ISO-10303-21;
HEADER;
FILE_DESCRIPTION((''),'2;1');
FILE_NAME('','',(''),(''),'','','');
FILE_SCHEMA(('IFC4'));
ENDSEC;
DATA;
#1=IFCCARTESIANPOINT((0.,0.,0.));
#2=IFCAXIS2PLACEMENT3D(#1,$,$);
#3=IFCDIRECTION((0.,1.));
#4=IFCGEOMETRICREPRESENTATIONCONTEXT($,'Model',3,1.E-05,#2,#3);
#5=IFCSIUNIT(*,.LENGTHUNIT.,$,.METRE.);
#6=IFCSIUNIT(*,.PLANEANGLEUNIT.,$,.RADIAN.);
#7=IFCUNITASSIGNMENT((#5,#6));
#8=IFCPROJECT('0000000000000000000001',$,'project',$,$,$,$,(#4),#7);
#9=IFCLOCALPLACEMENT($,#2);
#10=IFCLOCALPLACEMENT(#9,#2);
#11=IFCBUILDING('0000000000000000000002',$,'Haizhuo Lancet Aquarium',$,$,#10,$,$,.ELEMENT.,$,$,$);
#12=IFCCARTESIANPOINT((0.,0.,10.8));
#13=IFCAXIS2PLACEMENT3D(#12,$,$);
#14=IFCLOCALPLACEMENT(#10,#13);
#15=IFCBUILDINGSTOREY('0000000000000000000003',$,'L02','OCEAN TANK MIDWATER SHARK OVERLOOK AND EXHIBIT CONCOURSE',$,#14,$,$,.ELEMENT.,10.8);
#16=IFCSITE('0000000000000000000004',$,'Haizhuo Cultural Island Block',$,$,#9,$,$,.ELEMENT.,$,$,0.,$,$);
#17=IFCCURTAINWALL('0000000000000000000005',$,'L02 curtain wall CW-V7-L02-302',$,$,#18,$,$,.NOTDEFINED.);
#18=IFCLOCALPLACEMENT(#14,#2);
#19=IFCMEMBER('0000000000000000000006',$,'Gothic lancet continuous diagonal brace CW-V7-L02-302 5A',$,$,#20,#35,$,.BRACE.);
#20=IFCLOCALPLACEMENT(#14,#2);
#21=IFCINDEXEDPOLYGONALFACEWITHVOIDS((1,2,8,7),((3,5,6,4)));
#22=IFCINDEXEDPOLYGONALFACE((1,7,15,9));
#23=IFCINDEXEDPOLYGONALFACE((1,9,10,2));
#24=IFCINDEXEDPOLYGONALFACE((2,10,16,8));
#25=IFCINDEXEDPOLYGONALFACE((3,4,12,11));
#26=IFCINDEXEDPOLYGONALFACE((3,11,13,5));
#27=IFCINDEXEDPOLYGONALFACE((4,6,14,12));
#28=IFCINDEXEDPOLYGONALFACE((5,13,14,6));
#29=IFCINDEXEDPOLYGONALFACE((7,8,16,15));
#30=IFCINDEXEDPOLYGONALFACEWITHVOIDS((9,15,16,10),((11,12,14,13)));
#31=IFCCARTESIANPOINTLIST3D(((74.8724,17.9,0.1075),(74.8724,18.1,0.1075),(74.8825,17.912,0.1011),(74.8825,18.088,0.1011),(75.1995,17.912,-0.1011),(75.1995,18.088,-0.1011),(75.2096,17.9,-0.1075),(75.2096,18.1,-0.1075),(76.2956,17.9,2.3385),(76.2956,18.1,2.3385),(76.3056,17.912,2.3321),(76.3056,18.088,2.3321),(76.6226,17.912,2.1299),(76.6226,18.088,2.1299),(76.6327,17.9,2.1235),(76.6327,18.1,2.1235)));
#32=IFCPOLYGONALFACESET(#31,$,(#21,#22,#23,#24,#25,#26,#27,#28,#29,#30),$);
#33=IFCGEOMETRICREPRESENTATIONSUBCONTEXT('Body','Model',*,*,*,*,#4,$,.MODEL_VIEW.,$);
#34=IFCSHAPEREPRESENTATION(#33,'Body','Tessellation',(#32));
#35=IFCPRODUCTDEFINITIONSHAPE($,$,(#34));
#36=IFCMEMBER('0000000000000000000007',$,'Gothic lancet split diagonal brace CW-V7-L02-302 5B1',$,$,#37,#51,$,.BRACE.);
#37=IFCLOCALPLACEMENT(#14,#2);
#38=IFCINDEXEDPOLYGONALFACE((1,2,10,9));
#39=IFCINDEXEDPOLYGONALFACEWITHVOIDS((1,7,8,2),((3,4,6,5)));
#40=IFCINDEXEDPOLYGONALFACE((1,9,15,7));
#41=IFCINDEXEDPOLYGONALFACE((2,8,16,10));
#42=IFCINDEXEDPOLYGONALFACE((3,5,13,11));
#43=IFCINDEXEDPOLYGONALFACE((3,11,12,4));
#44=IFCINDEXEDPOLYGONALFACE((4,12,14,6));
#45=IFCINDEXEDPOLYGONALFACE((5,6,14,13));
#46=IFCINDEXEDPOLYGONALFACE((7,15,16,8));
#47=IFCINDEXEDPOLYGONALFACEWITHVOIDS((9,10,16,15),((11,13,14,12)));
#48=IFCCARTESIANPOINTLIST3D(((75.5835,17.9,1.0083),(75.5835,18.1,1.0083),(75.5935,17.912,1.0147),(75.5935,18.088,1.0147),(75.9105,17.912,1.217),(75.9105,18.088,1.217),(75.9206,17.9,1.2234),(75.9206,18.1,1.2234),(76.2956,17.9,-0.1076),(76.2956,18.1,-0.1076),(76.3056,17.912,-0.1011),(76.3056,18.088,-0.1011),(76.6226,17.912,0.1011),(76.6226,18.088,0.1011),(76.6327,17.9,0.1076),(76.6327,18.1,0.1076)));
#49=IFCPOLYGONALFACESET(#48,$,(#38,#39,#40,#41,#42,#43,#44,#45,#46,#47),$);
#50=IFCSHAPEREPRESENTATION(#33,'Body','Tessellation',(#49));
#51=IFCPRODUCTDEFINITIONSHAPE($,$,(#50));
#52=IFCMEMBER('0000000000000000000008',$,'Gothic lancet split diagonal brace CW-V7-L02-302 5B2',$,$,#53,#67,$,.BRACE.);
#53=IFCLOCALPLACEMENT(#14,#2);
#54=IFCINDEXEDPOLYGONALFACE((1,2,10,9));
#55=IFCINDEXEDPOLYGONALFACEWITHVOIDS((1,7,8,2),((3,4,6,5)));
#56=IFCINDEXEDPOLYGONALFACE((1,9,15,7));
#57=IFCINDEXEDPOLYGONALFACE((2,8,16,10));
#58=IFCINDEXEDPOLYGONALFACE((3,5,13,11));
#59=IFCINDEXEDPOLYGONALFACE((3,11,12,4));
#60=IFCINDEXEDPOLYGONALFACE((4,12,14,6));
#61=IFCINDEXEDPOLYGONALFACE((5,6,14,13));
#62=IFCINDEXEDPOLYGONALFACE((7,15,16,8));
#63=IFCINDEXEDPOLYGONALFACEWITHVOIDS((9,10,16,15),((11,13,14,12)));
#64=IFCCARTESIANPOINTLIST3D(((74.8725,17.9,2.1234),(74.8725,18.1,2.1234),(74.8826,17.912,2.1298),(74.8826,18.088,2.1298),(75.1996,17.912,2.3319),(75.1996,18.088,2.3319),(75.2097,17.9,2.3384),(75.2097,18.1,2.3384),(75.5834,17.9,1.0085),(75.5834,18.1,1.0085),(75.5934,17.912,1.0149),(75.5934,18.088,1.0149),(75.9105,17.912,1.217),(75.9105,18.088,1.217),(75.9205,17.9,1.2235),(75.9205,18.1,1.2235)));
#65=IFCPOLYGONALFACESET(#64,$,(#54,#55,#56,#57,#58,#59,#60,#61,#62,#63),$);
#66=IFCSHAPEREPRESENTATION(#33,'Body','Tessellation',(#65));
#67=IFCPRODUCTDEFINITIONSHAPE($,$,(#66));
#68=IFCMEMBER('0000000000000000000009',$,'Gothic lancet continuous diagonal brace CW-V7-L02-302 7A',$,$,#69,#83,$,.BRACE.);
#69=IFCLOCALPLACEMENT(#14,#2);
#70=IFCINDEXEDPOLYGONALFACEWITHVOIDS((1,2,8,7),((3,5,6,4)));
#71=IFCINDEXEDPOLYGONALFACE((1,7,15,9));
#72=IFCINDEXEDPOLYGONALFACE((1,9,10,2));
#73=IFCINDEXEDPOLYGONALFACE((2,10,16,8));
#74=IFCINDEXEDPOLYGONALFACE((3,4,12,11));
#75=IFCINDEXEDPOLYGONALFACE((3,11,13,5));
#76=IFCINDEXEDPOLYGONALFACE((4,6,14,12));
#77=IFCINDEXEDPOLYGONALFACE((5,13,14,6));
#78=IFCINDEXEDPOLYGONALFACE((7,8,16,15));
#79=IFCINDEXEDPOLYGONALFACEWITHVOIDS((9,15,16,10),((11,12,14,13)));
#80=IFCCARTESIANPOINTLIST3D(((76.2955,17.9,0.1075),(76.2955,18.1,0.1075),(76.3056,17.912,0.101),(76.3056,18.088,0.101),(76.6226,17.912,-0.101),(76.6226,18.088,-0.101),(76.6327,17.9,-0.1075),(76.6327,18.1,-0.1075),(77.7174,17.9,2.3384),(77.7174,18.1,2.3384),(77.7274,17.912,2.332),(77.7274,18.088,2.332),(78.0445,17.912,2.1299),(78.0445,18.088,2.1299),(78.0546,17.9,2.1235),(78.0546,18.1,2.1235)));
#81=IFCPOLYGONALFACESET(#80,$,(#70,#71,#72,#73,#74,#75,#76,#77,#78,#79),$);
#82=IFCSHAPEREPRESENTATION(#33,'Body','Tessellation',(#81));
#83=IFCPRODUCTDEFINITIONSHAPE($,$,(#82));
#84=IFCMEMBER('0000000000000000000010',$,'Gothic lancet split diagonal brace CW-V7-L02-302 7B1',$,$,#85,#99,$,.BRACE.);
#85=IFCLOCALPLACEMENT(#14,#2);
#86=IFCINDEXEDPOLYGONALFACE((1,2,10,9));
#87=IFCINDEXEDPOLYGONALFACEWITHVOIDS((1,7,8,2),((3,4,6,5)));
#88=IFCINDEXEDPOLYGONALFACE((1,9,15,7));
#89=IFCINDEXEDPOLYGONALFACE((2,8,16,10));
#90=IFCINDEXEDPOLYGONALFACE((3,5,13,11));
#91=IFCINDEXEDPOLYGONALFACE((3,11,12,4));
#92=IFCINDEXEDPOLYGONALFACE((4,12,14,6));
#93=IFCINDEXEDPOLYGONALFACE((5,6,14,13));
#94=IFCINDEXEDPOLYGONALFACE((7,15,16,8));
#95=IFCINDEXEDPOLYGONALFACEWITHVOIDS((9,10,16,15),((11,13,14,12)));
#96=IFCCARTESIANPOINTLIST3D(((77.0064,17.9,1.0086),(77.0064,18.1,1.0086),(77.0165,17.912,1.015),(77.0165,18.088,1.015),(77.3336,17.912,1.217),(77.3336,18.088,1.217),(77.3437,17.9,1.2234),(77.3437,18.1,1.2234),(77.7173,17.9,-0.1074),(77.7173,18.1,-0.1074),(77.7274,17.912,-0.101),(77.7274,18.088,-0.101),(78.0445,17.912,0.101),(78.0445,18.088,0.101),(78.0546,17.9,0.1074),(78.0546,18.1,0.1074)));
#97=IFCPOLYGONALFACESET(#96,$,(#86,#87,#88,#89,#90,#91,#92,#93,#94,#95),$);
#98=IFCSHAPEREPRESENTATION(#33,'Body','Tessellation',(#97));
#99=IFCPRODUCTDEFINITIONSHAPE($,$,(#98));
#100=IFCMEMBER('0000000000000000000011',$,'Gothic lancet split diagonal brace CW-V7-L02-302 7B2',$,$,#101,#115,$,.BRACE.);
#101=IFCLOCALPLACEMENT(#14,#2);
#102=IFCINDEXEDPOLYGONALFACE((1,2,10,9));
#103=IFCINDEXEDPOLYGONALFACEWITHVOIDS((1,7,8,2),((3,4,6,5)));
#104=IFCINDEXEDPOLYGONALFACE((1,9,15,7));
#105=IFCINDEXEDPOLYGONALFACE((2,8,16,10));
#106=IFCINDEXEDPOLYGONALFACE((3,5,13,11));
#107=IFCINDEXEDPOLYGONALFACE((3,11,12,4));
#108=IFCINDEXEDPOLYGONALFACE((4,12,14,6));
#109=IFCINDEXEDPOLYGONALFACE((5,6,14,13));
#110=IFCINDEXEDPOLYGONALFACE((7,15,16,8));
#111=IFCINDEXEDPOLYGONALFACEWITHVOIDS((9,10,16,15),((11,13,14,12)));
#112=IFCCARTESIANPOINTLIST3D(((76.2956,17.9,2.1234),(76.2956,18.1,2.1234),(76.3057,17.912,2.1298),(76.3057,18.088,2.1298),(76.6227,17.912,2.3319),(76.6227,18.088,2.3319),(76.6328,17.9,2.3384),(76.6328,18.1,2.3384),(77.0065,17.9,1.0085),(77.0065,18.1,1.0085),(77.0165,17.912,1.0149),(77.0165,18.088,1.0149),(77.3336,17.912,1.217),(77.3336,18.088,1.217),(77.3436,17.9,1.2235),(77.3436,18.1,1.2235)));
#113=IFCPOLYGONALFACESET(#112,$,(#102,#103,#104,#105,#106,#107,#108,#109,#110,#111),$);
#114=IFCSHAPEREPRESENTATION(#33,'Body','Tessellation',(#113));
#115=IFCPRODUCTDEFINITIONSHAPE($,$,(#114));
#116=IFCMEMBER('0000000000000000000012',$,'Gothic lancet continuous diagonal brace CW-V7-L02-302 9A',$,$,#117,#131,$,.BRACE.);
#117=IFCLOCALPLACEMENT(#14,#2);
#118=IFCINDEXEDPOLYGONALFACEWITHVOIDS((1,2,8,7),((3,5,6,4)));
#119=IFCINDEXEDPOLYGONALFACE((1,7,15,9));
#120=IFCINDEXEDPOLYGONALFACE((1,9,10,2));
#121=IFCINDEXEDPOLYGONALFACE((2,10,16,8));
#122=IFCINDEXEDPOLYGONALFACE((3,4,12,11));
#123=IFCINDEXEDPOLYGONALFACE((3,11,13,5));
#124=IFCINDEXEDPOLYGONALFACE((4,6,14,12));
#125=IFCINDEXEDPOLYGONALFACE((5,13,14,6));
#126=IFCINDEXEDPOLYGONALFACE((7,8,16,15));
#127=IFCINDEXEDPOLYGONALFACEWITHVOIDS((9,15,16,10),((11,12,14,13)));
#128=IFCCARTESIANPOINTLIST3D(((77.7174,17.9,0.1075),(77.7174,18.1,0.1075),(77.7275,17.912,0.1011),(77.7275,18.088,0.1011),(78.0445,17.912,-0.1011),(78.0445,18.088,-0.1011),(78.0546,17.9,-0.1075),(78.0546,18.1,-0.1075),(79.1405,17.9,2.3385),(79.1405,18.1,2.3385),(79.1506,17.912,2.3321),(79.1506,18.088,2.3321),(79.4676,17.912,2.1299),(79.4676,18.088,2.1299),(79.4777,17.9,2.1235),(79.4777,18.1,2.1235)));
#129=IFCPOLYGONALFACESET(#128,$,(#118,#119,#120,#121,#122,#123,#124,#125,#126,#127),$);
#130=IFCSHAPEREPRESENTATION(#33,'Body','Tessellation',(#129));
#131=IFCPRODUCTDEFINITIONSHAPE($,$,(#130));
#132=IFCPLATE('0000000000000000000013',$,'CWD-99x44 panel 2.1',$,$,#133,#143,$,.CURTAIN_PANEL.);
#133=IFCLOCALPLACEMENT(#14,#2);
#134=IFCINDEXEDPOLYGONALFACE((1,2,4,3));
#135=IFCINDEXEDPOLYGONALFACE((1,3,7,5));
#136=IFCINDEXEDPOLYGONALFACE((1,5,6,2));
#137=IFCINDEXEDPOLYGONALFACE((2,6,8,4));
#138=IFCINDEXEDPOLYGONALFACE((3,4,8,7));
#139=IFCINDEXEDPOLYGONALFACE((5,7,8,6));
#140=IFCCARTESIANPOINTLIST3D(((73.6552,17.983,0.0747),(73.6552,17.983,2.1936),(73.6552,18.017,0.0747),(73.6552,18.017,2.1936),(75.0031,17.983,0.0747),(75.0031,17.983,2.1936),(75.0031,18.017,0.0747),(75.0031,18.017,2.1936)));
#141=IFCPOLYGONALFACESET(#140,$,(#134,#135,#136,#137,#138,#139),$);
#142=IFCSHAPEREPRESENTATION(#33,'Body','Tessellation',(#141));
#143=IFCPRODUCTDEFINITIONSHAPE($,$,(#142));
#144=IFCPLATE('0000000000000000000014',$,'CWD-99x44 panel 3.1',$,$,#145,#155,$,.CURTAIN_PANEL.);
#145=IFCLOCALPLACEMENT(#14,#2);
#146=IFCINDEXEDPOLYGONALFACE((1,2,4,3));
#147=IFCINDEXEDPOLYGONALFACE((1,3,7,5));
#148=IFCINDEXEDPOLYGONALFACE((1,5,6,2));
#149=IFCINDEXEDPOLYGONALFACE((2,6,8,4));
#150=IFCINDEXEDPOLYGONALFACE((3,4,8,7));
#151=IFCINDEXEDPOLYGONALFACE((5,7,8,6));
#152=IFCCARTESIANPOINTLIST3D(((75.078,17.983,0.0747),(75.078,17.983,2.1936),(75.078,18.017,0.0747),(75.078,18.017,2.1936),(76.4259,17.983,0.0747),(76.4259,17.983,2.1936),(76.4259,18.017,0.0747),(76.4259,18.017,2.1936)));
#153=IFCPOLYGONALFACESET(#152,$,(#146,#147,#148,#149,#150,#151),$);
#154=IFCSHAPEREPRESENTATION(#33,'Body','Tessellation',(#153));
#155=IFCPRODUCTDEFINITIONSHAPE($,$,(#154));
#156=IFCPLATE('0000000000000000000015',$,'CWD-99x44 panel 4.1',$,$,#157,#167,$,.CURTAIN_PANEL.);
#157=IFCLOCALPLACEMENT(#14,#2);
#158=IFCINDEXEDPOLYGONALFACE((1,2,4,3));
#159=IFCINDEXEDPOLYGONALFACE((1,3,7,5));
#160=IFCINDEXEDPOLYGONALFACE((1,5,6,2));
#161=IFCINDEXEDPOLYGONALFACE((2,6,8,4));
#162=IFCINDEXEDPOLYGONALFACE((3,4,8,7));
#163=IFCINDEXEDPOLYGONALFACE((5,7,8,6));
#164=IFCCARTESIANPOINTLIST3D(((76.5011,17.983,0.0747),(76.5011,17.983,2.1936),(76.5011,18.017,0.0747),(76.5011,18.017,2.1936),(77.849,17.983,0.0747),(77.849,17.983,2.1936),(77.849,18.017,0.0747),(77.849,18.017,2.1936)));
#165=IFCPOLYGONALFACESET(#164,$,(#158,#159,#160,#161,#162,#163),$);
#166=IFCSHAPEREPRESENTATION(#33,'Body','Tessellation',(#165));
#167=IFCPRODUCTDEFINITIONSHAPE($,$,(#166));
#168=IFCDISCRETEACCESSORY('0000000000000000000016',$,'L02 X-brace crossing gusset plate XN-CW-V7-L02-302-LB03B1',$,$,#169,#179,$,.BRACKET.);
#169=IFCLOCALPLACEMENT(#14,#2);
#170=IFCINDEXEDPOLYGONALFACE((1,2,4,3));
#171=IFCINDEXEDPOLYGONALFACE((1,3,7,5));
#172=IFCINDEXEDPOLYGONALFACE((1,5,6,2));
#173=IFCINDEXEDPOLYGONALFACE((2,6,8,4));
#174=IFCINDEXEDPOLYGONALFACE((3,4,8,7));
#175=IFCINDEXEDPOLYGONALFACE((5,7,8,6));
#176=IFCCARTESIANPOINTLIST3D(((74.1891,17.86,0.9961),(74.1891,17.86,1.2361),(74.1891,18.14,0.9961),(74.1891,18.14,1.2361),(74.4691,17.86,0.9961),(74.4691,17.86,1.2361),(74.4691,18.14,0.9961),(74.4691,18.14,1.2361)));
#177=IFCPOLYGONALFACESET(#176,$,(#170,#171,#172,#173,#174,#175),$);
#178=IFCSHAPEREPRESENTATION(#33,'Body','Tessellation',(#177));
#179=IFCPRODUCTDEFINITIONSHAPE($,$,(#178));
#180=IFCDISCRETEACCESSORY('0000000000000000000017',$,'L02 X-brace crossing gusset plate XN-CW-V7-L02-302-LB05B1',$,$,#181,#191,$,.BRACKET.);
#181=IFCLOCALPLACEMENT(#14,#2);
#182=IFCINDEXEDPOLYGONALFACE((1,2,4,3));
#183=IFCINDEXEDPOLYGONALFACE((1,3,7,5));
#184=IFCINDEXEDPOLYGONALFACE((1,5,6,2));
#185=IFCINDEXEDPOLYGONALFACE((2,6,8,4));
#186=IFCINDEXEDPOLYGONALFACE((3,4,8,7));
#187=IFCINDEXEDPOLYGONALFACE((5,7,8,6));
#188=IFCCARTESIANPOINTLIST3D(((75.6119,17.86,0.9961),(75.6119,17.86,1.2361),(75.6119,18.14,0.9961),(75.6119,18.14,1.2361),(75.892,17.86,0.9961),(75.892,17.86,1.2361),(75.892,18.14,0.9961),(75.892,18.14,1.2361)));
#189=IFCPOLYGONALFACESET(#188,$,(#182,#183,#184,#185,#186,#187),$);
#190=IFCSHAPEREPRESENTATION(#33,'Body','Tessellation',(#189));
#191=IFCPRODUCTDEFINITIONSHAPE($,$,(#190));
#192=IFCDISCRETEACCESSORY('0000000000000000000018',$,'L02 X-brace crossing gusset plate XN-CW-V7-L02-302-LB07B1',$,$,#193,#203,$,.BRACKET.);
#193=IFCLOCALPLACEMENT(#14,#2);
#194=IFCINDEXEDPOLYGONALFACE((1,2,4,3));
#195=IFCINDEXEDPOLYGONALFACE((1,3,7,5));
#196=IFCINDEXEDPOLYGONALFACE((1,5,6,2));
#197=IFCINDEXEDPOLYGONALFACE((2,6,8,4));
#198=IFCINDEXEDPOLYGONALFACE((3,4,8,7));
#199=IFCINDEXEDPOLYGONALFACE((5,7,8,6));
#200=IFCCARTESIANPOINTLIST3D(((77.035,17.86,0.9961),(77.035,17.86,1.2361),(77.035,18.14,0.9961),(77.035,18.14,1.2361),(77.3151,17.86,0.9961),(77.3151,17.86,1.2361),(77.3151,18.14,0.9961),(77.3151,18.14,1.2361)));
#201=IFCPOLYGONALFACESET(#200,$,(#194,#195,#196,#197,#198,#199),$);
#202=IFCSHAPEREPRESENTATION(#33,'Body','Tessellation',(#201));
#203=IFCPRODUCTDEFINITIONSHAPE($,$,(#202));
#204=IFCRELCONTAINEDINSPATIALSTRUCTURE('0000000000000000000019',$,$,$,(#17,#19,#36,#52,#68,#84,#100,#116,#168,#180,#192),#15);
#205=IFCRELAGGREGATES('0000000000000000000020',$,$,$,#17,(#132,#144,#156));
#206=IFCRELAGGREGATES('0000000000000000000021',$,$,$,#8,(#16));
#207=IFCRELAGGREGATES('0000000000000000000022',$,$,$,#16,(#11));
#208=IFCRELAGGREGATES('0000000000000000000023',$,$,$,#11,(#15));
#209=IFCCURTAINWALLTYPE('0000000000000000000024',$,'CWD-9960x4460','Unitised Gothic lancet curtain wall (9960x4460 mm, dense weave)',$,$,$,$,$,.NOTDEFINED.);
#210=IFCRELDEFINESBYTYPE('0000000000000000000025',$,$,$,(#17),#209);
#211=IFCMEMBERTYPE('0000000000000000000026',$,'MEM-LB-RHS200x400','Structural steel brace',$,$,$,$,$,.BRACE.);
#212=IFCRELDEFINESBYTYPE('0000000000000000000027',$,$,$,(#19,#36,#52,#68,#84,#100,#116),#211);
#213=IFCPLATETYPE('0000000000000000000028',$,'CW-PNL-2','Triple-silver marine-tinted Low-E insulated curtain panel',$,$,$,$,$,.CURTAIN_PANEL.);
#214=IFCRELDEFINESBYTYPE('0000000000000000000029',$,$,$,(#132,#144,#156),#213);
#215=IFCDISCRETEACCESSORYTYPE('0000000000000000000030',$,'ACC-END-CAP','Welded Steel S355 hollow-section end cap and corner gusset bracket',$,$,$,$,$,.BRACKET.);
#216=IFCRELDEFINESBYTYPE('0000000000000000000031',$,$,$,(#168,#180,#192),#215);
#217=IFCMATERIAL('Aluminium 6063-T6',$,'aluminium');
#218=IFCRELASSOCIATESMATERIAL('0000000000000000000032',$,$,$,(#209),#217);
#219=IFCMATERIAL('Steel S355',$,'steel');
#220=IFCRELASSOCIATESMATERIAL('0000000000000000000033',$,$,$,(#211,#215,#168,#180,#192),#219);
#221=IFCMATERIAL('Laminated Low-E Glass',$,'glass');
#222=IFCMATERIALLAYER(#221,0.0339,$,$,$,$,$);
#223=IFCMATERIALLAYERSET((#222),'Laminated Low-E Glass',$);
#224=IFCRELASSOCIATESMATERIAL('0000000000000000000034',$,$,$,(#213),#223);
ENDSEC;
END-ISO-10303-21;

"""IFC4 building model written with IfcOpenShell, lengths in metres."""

from ifc_helpers import new_model, si_unit, direction, frame, origin, origin_2d, place, context, subcontext, project, spatial, rectangle, hollow_rectangle, extrude, material, layer, layer_set, material_profile, profile_set, type_object, element, aggregate, save


model = new_model("IFC4")

# Units and contexts
model_context = context("Model", 3, precision=1e-05, world=origin(), true_north=direction((0.0, 1.0)))
body_context = subcontext(model_context, "Body", "Model", "MODEL_VIEW")
ifc_project = project(units=[si_unit("LENGTHUNIT", "METRE"), si_unit("PLANEANGLEUNIT", "RADIAN")], contexts=[model_context])

# Site, building, storey
site_placement = place(None, origin())
site = spatial("IfcSite", under=ifc_project, at=site_placement, Name="Haizhuo Cultural Island Block", CompositionType="ELEMENT", RefElevation=0.0)
building_placement = place(site_placement, origin())
building = spatial("IfcBuilding", under=site, at=building_placement, Name="Haizhuo Lancet Aquarium", CompositionType="ELEMENT")
storey_placement = place(building_placement, frame((0.0, 0.0, 10.8)))
storey = spatial("IfcBuildingStorey", under=building, at=storey_placement, Name="L02", Description="OCEAN TANK MIDWATER SHARK OVERLOOK AND EXHIBIT CONCOURSE", CompositionType="ELEMENT", Elevation=10.8)

# Curtain wall
ifc_material_1 = material(Name="Aluminium 6063-T6", Category="aluminium")
curtain_wall_type = type_object("IfcCurtainWallType", Name="CWD-9960x4460", Description="Unitised Gothic lancet curtain wall (9960x4460 mm, dense weave)", PredefinedType="NOTDEFINED", material=ifc_material_1)
curtain_wall_placement = place(storey_placement, origin())
curtain_wall = element("IfcCurtainWall", 1, at=curtain_wall_placement, inside=storey, type_object=curtain_wall_type, Name="L02 curtain wall CW-V7-L02-302", PredefinedType="NOTDEFINED")

# Members
ifc_material_2 = material(Name="Steel S355", Category="steel")
ifc_material_profile_1 = material_profile(ifc_material_2, hollow_rectangle(XDim=0.2, YDim=0.3999, WallThickness=0.012, at=origin_2d()), Name="RHS 200x400x12")
ifc_profile_set_1 = profile_set([ifc_material_profile_1], Name="Steel S355")
member_type_1 = type_object("IfcMemberType", Name="MEM-LB-RHS200x400", Description="Structural steel brace", PredefinedType="BRACE", material=ifc_profile_set_1)
member_1_placement = place(storey_placement, frame((75.041, 18.0, 0.0), z_axis=(0.537789, 0.0, 0.84308), x_axis=(0.0, 1.0, 0.0)))
element("IfcMember", 2, at=member_1_placement, inside=storey, type_object=member_type_1, Name="Gothic lancet continuous diagonal brace CW-V7-L02-302 5A", PredefinedType="BRACE", context=body_context, shape_type="SweptSolid", body=[
    extrude(hollow_rectangle(XDim=0.2, YDim=0.3999, WallThickness=0.012, at=origin_2d()), origin(), (0.0, 0.0, 1.0), 2.6462),
])
member_2_placement = place(storey_placement, frame((76.4641, 18.0, 0.0), z_axis=(-0.537949, 0.0, 0.842977), x_axis=(0.0, -1.0, 0.0)))
element("IfcMember", 3, at=member_2_placement, inside=storey, type_object=member_type_1, Name="Gothic lancet split diagonal brace CW-V7-L02-302 5B1", PredefinedType="BRACE", context=body_context, shape_type="SweptSolid", body=[
    extrude(hollow_rectangle(XDim=0.2, YDim=0.3999, WallThickness=0.012, at=origin_2d()), origin(), (0.0, 0.0, 1.0), 1.3237),
])
member_3_placement = place(storey_placement, frame((75.752, 18.0, 1.116), z_axis=(-0.537628, 0.0, 0.843182), x_axis=(0.0, -1.0, 0.0)))
element("IfcMember", 4, at=member_3_placement, inside=storey, type_object=member_type_1, Name="Gothic lancet split diagonal brace CW-V7-L02-302 5B2", PredefinedType="BRACE", context=body_context, shape_type="SweptSolid", body=[
    extrude(hollow_rectangle(XDim=0.2, YDim=0.3999, WallThickness=0.012, at=origin_2d()), origin(), (0.0, 0.0, 1.0), 1.3223),
])
member_4_placement = place(storey_placement, frame((76.4641, 18.0, 0.0), z_axis=(0.537461, 0.0, 0.843289), x_axis=(0.0, 1.0, 0.0)))
element("IfcMember", 5, at=member_4_placement, inside=storey, type_object=member_type_1, Name="Gothic lancet continuous diagonal brace CW-V7-L02-302 7A", PredefinedType="BRACE", context=body_context, shape_type="SweptSolid", body=[
    extrude(hollow_rectangle(XDim=0.2, YDim=0.3999, WallThickness=0.012, at=origin_2d()), origin(), (0.0, 0.0, 1.0), 2.6455),
])
member_5_placement = place(storey_placement, frame((77.886, 18.0, 0.0), z_axis=(-0.537293, 0.0, 0.843395), x_axis=(0.0, -1.0, 0.0)))
element("IfcMember", 6, at=member_5_placement, inside=storey, type_object=member_type_1, Name="Gothic lancet split diagonal brace CW-V7-L02-302 7B1", PredefinedType="BRACE", context=body_context, shape_type="SweptSolid", body=[
    extrude(hollow_rectangle(XDim=0.2, YDim=0.3999, WallThickness=0.012, at=origin_2d()), origin(), (0.0, 0.0, 1.0), 1.3232),
])
member_6_placement = place(storey_placement, frame((77.175, 18.0, 1.116), z_axis=(-0.537628, 0.0, 0.843182), x_axis=(0.0, -1.0, 0.0)))
element("IfcMember", 7, at=member_6_placement, inside=storey, type_object=member_type_1, Name="Gothic lancet split diagonal brace CW-V7-L02-302 7B2", PredefinedType="BRACE", context=body_context, shape_type="SweptSolid", body=[
    extrude(hollow_rectangle(XDim=0.2, YDim=0.3999, WallThickness=0.012, at=origin_2d()), origin(), (0.0, 0.0, 1.0), 1.3223),
])
member_7_placement = place(storey_placement, frame((77.886, 18.0, 0.0), z_axis=(0.537789, 0.0, 0.84308), x_axis=(0.0, 1.0, 0.0)))
element("IfcMember", 8, at=member_7_placement, inside=storey, type_object=member_type_1, Name="Gothic lancet continuous diagonal brace CW-V7-L02-302 9A", PredefinedType="BRACE", context=body_context, shape_type="SweptSolid", body=[
    extrude(hollow_rectangle(XDim=0.2, YDim=0.3999, WallThickness=0.012, at=origin_2d()), origin(), (0.0, 0.0, 1.0), 2.6462),
])

# Plates
ifc_material_3 = material(Name="Laminated Low-E Glass", Category="glass")
ifc_layer = layer(ifc_material_3, 0.0339)
ifc_layer_set = layer_set([ifc_layer], Name="Laminated Low-E Glass")
plate_type = type_object("IfcPlateType", Name="CW-PNL-2", Description="Triple-silver marine-tinted Low-E insulated curtain panel", PredefinedType="CURTAIN_PANEL", material=ifc_layer_set)
plate_1_placement = place(storey_placement, frame((74.3291, 18.0, 0.0747), z_axis=(0.0, 0.0, 1.0), x_axis=(1.0, 0.0, 0.0)))
plate_1 = element("IfcPlate", 9, at=plate_1_placement, type_object=plate_type, Name="CWD-99x44 panel 2.1", PredefinedType="CURTAIN_PANEL", context=body_context, shape_type="SweptSolid", body=[
    extrude(rectangle(XDim=1.3479, YDim=0.0339, at=origin_2d()), origin(), (0.0, 0.0, 1.0), 2.1189),
])
plate_2_placement = place(storey_placement, frame((75.752, 18.0, 0.0747), z_axis=(0.0, 0.0, 1.0), x_axis=(1.0, 0.0, 0.0)))
plate_2 = element("IfcPlate", 10, at=plate_2_placement, type_object=plate_type, Name="CWD-99x44 panel 3.1", PredefinedType="CURTAIN_PANEL", context=body_context, shape_type="SweptSolid", body=[
    extrude(rectangle(XDim=1.3479, YDim=0.0339, at=origin_2d()), origin(), (0.0, 0.0, 1.0), 2.1189),
])
plate_3_placement = place(storey_placement, frame((77.175, 18.0, 0.0747), z_axis=(0.0, 0.0, 1.0), x_axis=(1.0, 0.0, 0.0)))
plate_3 = element("IfcPlate", 11, at=plate_3_placement, type_object=plate_type, Name="CWD-99x44 panel 4.1", PredefinedType="CURTAIN_PANEL", context=body_context, shape_type="SweptSolid", body=[
    extrude(rectangle(XDim=1.3479, YDim=0.0339, at=origin_2d()), origin(), (0.0, 0.0, 1.0), 2.1189),
])
aggregate(curtain_wall, [plate_1, plate_2, plate_3])

# Discrete accessories
discrete_accessory_type = type_object("IfcDiscreteAccessoryType", Name="ACC-END-CAP", Description="Welded Steel S355 hollow-section end cap and corner gusset bracket", PredefinedType="BRACKET", material=ifc_material_2)
for number, where, z_axis, x_axis, name in (
    (12, (74.3291, 18.0, 0.9961), (0.0, 0.0, 1.0), (1.0, 0.0, 0.0), "L02 X-brace crossing gusset plate XN-CW-V7-L02-302-LB03B1"),
    (13, (75.752, 18.0, 0.9961), (0.0, 0.0, 1.0), (1.0, 0.0, 0.0), "L02 X-brace crossing gusset plate XN-CW-V7-L02-302-LB05B1"),
    (14, (77.175, 18.0, 0.9961), (0.0, 0.0, 1.0), (1.0, 0.0, 0.0), "L02 X-brace crossing gusset plate XN-CW-V7-L02-302-LB07B1"),
):
    element("IfcDiscreteAccessory", number, at=place(storey_placement, frame(where, z_axis=z_axis, x_axis=x_axis)), inside=storey, type_object=discrete_accessory_type, material=ifc_material_2, Name=name, PredefinedType="BRACKET", context=body_context, shape_type="SweptSolid", body=[
        extrude(rectangle(XDim=0.28, YDim=0.28, at=origin_2d()), origin(), (0.0, 0.0, 1.0), 0.24),
    ])

save(model, "model.ifc")
